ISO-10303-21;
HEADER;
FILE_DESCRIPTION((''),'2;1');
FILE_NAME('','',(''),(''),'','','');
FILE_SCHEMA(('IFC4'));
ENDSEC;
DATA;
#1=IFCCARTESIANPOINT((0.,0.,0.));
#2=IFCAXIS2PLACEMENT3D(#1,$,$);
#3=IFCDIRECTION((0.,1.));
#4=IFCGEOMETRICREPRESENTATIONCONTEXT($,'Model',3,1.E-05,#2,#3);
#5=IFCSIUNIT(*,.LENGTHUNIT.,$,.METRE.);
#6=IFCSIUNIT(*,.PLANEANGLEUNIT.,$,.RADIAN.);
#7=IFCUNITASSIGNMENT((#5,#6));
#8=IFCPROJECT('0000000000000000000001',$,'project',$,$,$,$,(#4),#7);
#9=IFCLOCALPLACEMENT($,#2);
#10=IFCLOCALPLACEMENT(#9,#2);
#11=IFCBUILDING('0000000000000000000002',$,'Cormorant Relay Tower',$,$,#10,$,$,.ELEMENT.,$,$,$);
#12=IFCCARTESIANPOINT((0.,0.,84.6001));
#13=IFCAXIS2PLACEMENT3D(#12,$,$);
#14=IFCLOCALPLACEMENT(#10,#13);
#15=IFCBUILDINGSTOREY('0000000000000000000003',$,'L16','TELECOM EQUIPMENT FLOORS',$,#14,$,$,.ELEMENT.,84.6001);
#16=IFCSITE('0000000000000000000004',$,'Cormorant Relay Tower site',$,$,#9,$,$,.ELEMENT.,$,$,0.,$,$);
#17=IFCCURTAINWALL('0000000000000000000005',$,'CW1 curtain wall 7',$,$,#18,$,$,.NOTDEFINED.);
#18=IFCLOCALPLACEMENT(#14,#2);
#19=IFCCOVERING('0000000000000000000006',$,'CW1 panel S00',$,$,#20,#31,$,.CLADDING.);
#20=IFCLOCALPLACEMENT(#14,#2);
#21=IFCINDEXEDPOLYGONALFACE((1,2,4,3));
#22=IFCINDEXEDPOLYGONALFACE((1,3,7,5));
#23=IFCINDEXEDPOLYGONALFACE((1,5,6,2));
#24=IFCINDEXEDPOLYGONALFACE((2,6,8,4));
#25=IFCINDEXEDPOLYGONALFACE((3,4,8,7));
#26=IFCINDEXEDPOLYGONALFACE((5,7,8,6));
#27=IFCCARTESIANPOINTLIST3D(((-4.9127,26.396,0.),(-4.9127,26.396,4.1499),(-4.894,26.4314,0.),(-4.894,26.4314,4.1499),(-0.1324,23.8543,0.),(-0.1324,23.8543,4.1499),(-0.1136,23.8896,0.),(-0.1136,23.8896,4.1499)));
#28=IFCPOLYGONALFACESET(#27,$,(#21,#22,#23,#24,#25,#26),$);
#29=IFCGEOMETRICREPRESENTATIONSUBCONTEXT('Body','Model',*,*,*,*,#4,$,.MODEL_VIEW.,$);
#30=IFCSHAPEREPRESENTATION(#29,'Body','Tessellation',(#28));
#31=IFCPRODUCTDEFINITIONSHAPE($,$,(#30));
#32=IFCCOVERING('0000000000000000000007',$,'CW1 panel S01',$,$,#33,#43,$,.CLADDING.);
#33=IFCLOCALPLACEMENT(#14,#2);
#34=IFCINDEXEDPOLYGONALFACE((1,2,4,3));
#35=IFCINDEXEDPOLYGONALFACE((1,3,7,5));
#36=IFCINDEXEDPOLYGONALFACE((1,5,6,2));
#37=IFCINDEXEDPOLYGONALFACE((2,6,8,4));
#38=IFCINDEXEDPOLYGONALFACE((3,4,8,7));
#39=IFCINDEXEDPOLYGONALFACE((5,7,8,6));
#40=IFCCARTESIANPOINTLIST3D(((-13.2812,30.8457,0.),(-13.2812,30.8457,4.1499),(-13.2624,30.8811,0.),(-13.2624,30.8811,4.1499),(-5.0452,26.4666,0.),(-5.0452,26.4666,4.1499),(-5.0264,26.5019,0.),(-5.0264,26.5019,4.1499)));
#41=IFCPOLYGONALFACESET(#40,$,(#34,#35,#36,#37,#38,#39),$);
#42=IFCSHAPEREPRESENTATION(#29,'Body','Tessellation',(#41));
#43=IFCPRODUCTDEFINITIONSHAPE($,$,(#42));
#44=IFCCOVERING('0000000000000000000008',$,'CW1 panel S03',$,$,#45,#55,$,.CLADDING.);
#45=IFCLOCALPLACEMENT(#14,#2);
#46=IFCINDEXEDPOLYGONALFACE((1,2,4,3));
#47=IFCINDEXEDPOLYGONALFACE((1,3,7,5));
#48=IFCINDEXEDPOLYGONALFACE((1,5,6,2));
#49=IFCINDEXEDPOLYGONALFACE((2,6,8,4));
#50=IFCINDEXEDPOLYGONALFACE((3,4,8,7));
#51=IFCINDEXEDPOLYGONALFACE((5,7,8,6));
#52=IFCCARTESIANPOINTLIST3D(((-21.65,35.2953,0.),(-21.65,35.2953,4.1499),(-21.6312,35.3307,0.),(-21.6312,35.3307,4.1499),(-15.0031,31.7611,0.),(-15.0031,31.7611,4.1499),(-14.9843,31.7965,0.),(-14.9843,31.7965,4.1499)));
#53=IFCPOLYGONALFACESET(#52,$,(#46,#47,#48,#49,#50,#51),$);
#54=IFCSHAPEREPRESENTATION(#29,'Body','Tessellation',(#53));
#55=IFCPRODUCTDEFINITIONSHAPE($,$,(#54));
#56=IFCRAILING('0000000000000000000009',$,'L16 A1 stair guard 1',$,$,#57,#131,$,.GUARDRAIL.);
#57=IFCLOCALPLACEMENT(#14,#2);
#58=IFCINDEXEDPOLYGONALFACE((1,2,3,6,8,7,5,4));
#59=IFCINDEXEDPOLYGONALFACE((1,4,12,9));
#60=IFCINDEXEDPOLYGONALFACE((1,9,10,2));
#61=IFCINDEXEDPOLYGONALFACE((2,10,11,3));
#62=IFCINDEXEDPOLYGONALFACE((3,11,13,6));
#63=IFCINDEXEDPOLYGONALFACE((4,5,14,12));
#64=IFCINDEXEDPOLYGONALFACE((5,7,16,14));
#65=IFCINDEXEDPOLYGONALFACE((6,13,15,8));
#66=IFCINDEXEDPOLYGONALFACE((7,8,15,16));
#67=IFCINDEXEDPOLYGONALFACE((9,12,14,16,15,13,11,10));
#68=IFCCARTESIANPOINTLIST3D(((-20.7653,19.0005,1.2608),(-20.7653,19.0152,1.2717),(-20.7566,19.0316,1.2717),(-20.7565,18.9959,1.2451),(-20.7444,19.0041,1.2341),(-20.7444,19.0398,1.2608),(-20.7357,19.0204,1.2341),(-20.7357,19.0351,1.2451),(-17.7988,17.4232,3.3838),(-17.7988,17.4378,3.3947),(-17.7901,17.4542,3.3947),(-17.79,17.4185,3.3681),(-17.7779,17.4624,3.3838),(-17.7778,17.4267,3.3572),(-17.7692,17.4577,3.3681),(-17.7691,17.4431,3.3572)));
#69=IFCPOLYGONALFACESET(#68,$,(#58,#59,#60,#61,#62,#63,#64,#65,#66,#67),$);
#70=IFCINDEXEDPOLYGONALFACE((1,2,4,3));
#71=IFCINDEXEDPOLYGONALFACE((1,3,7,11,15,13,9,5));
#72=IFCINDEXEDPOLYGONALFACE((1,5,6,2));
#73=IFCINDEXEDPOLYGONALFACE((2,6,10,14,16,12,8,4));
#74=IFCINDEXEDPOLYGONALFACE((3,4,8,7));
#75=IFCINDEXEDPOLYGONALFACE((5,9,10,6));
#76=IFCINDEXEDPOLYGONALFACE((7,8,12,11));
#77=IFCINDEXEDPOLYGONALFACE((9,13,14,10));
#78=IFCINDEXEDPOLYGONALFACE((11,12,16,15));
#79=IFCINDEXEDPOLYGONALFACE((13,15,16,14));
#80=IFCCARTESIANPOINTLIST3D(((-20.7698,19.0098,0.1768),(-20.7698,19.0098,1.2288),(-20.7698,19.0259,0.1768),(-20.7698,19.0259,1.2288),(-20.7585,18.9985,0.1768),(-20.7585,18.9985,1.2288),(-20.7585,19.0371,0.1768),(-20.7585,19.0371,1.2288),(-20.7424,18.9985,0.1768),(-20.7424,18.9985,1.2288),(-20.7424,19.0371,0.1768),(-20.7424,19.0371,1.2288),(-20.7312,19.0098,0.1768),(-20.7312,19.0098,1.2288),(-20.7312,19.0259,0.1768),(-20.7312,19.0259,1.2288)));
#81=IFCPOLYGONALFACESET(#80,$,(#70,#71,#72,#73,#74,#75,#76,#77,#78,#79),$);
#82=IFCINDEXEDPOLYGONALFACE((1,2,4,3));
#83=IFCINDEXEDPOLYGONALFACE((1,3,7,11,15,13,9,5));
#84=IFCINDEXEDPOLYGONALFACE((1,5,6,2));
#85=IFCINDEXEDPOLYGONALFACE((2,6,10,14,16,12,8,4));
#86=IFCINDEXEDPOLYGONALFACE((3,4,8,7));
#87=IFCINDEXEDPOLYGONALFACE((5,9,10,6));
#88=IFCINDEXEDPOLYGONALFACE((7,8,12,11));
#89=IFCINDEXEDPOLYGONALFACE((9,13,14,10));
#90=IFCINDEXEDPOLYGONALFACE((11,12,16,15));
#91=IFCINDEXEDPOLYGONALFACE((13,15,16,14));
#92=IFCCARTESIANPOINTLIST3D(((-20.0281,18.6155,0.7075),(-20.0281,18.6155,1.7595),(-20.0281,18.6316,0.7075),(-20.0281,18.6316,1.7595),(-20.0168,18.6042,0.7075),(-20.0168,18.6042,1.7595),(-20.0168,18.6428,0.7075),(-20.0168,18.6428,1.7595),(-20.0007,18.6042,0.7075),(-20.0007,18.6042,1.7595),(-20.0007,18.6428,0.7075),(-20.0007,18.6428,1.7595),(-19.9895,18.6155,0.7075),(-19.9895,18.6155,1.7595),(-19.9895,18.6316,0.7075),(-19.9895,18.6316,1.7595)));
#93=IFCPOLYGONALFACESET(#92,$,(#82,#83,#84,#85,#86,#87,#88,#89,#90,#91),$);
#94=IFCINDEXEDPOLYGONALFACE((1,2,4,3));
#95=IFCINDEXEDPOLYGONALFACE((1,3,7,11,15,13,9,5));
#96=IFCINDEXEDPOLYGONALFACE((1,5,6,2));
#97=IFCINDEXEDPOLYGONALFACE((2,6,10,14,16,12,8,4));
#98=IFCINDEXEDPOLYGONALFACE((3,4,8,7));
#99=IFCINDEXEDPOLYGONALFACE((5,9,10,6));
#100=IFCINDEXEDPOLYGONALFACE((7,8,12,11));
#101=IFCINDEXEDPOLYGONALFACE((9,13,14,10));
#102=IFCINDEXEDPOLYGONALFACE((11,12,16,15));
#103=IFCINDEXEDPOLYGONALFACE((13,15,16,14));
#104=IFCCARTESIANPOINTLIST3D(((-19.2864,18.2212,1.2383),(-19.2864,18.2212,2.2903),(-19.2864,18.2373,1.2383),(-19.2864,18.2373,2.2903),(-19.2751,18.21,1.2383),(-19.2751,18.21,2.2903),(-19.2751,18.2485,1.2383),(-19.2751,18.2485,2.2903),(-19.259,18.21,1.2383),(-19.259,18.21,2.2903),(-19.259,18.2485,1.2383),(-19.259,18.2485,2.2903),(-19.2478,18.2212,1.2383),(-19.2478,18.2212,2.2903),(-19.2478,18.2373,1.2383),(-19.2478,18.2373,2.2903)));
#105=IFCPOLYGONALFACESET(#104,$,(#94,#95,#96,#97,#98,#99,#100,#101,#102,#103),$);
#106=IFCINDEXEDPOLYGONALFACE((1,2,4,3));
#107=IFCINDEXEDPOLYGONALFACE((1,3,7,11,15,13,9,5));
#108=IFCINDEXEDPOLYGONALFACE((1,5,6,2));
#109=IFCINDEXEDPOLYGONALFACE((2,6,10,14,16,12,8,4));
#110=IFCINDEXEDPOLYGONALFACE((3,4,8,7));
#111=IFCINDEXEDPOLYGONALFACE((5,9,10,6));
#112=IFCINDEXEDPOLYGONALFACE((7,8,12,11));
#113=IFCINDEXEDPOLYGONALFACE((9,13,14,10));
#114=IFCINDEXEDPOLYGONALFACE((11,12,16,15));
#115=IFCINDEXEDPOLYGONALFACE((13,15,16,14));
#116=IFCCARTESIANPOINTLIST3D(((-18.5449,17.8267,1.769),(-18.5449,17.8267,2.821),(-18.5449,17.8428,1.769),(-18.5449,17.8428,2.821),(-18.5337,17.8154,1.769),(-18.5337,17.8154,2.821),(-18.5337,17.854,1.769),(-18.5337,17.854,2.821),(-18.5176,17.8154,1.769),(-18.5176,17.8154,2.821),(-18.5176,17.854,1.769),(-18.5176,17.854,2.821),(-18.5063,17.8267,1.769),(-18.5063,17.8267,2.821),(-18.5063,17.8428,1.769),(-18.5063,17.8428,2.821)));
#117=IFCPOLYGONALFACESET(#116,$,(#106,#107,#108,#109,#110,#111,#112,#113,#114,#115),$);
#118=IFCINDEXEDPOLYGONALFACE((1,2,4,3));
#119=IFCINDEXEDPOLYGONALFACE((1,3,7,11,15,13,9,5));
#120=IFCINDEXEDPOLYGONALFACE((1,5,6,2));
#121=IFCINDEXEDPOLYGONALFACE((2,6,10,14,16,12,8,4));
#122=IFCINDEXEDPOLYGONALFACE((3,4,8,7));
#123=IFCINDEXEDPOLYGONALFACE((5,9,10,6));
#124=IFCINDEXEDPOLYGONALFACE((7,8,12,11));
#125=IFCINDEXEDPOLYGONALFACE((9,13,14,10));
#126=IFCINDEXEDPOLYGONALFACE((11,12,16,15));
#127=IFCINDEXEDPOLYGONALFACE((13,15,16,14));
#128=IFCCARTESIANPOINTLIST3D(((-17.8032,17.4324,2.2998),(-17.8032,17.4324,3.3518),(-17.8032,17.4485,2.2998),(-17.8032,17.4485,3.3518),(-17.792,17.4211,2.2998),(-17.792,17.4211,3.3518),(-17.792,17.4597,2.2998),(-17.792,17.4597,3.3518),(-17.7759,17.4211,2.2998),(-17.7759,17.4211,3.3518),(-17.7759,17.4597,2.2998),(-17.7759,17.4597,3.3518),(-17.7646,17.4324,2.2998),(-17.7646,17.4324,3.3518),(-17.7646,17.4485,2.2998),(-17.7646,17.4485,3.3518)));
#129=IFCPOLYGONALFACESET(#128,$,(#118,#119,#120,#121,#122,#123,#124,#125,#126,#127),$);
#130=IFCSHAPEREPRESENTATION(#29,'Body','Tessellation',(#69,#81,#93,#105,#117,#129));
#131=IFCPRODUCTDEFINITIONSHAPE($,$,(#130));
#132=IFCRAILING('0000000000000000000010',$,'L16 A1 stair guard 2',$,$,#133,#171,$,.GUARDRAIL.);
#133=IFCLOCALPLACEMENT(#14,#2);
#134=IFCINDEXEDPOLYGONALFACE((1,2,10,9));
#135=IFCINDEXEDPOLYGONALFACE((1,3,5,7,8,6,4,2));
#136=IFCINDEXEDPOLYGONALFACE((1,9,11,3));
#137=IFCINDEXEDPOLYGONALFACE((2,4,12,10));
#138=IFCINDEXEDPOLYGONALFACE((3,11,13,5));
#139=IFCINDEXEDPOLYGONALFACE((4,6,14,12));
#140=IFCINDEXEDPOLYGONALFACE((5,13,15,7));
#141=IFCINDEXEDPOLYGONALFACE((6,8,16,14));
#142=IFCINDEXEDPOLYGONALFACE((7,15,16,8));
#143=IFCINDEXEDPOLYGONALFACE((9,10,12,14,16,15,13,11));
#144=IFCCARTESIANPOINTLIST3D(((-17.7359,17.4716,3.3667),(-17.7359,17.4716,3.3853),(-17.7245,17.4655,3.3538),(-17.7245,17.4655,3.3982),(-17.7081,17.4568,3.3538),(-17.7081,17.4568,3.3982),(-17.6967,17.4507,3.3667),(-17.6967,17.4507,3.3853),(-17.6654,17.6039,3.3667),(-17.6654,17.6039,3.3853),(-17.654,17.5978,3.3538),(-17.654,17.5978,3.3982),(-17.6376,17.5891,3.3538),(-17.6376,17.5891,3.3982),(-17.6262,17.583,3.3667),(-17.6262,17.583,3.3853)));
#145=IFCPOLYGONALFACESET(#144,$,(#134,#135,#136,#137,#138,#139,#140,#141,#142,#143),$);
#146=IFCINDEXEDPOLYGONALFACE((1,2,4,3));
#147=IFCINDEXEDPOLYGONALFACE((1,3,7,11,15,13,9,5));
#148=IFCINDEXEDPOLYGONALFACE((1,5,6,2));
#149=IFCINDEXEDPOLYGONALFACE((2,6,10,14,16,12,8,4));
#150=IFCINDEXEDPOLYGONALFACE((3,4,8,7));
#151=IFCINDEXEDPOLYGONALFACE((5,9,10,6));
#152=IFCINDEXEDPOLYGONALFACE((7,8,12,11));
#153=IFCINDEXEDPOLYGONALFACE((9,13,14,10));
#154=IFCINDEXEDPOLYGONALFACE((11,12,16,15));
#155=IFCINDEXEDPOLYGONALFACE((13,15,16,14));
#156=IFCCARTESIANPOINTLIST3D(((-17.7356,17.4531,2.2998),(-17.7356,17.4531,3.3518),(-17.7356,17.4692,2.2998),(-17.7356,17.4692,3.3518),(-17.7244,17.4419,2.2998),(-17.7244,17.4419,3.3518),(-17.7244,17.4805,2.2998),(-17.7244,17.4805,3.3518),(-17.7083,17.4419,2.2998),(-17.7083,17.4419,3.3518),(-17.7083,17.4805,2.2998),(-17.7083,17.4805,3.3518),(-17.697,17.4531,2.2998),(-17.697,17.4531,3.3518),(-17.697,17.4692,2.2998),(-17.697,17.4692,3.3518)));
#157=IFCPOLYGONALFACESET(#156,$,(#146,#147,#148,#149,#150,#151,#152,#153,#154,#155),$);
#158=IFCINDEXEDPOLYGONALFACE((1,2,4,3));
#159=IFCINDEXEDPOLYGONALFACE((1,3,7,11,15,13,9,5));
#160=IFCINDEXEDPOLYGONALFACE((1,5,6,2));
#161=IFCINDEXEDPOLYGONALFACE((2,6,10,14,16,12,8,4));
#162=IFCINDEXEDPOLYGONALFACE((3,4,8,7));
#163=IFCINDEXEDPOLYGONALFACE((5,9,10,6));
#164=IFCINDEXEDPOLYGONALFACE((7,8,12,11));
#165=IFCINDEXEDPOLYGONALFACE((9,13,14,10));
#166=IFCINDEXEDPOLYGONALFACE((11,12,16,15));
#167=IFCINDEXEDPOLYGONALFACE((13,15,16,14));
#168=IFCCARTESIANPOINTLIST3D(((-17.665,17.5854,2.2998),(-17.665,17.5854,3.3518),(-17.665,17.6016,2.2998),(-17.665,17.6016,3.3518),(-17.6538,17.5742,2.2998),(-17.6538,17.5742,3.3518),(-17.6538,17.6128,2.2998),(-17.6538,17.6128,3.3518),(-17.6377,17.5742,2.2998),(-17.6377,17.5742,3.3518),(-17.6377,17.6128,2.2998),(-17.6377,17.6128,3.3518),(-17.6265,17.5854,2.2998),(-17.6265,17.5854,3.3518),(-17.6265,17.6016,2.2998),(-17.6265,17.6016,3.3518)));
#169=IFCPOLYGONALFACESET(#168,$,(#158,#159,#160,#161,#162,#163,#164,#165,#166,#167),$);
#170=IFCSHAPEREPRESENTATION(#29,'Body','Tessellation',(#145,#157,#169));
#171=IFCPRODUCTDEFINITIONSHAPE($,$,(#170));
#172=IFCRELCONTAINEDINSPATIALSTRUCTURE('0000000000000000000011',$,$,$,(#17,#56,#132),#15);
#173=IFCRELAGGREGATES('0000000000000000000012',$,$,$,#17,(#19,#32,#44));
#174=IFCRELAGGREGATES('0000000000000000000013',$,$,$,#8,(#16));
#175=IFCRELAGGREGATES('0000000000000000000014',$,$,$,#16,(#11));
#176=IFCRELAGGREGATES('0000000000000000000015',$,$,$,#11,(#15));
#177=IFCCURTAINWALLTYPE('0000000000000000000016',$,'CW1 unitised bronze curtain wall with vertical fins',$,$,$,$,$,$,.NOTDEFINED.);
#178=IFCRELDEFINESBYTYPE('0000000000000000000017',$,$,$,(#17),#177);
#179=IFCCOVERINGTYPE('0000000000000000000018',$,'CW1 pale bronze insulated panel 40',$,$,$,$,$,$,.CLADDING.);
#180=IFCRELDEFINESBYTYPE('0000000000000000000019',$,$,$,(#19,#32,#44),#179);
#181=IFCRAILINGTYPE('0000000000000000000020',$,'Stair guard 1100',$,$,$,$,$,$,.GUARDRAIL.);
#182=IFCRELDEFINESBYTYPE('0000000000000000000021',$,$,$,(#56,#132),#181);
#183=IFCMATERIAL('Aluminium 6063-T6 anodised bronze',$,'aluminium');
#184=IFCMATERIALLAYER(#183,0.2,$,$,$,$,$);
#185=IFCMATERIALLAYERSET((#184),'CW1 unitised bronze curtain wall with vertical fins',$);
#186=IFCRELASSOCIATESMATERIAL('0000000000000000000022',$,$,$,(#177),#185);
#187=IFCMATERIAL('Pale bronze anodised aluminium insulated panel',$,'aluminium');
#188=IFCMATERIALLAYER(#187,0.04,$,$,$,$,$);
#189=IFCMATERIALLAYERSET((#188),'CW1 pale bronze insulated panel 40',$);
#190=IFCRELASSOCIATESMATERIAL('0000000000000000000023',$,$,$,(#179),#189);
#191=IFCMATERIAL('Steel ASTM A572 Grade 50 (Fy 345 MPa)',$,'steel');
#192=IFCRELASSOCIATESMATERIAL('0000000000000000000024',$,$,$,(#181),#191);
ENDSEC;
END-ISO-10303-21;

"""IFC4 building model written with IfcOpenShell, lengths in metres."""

from ifc_helpers import new_model, si_unit, direction, frame, origin, origin_2d, place, context, subcontext, project, spatial, polyline, rectangle, outline, extrude, material, layer, layer_set, type_object, element, aggregate, save


model = new_model("IFC4")

# Units and contexts
model_context = context("Model", 3, precision=1e-05, world=origin(), true_north=direction((0.0, 1.0)))
body_context = subcontext(model_context, "Body", "Model", "MODEL_VIEW")
ifc_project = project(units=[si_unit("LENGTHUNIT", "METRE"), si_unit("PLANEANGLEUNIT", "RADIAN")], contexts=[model_context])

# Site, building, storey
site_placement = place(None, origin())
site = spatial("IfcSite", under=ifc_project, at=site_placement, Name="Cormorant Relay Tower site", CompositionType="ELEMENT", RefElevation=0.0)
building_placement = place(site_placement, origin())
building = spatial("IfcBuilding", under=site, at=building_placement, Name="Cormorant Relay Tower", CompositionType="ELEMENT")
storey_placement = place(building_placement, frame((0.0, 0.0, 84.6001)))
storey = spatial("IfcBuildingStorey", under=building, at=storey_placement, Name="L16", Description="TELECOM EQUIPMENT FLOORS", CompositionType="ELEMENT", Elevation=84.6001)

# Curtain wall
ifc_material_1 = material(Name="Aluminium 6063-T6 anodised bronze", Category="aluminium")
ifc_layer_1 = layer(ifc_material_1, 0.2)
ifc_layer_set_1 = layer_set([ifc_layer_1], Name="CW1 unitised bronze curtain wall with vertical fins")
curtain_wall_type = type_object("IfcCurtainWallType", Name="CW1 unitised bronze curtain wall with vertical fins", PredefinedType="NOTDEFINED", material=ifc_layer_set_1)
curtain_wall_placement = place(storey_placement, origin())
curtain_wall = element("IfcCurtainWall", 1, at=curtain_wall_placement, inside=storey, type_object=curtain_wall_type, Name="CW1 curtain wall 7", PredefinedType="NOTDEFINED")

# Coverings
ifc_material_2 = material(Name="Pale bronze anodised aluminium insulated panel", Category="aluminium")
ifc_layer_2 = layer(ifc_material_2, 0.04)
ifc_layer_set_2 = layer_set([ifc_layer_2], Name="CW1 pale bronze insulated panel 40")
covering_type = type_object("IfcCoveringType", Name="CW1 pale bronze insulated panel 40", PredefinedType="CLADDING", material=ifc_layer_set_2)
covering_1_placement = place(storey_placement, frame((-2.5132, 25.1428, 0.0), z_axis=(0.0, 0.0, 1.0), x_axis=(-0.882948, 0.469472, 0.0)))
covering_1 = element("IfcCovering", 2, at=covering_1_placement, type_object=covering_type, Name="CW1 panel S00", PredefinedType="CLADDING", context=body_context, shape_type="SweptSolid", body=[
    extrude(rectangle(XDim=5.4141, YDim=0.04, at=origin_2d()), origin(), (0.0, 0.0, 1.0), 4.1499),
])
covering_2_placement = place(storey_placement, frame((-9.1538, 28.6738, 0.0), z_axis=(0.0, 0.0, 1.0), x_axis=(-0.882948, 0.469472, 0.0)))
covering_2 = element("IfcCovering", 3, at=covering_2_placement, type_object=covering_type, Name="CW1 panel S01", PredefinedType="CLADDING", context=body_context, shape_type="SweptSolid", body=[
    extrude(rectangle(XDim=9.3279, YDim=0.04, at=origin_2d()), origin(), (0.0, 0.0, 1.0), 4.1499),
])
covering_3_placement = place(storey_placement, frame((-18.3171, 33.5459, 0.0), z_axis=(0.0, 0.0, 1.0), x_axis=(-0.882948, 0.469472, 0.0)))
covering_3 = element("IfcCovering", 4, at=covering_3_placement, type_object=covering_type, Name="CW1 panel S03", PredefinedType="CLADDING", context=body_context, shape_type="SweptSolid", body=[
    extrude(rectangle(XDim=7.5281, YDim=0.04, at=origin_2d()), origin(), (0.0, 0.0, 1.0), 4.1499),
])
aggregate(curtain_wall, [covering_1, covering_2, covering_3])

# Railings
ifc_material_3 = material(Name="Steel ASTM A572 Grade 50 (Fy 345 MPa)", Category="steel")
railing_type_1 = type_object("IfcRailingType", Name="Stair guard 1100", PredefinedType="GUARDRAIL", material=ifc_material_3)
railing_1_placement = place(storey_placement, frame((-20.7505, 19.0178, 0.1768)))
element("IfcRailing", 5, at=railing_1_placement, inside=storey, type_object=railing_type_1, Name="L16 A1 stair guard 1", PredefinedType="GUARDRAIL", context=body_context, shape_type="SweptSolid", body=[
    extrude(outline(polyline([(0.0222, 0.0093), (0.0093, 0.0222), (-0.0093, 0.0222), (-0.0222, 0.0093), (-0.0222, -0.0093), (-0.0093, -0.0222), (0.0093, -0.0222), (0.0222, -0.0093), (0.0222, 0.0093)])), frame((0.0, 0.0, 1.0762), z_axis=(0.746413, -0.396887, 0.534179), x_axis=(0.469483, 0.882942, 0.0)), (0.0, 0.0, 1.0), 3.9744),
    extrude(outline(polyline([(0.0193, 0.0081), (0.0081, 0.0193), (-0.0081, 0.0193), (-0.0193, 0.0081), (-0.0193, -0.0081), (-0.0081, -0.0193), (0.0081, -0.0193), (0.0193, -0.0081), (0.0193, 0.0081)])), origin(), (0.0, 0.0, 1.0), 1.052),
    extrude(outline(polyline([(0.0193, 0.0081), (0.0081, 0.0193), (-0.0081, 0.0193), (-0.0193, 0.0081), (-0.0193, -0.0081), (-0.0081, -0.0193), (0.0081, -0.0193), (0.0193, -0.0081), (0.0193, 0.0081)])), frame((0.7417, -0.3943, 0.5308)), (0.0, 0.0, 1.0), 1.052),
    extrude(outline(polyline([(0.0193, 0.0081), (0.0081, 0.0193), (-0.0081, 0.0193), (-0.0193, 0.0081), (-0.0193, -0.0081), (-0.0081, -0.0193), (0.0081, -0.0193), (0.0193, -0.0081), (0.0193, 0.0081)])), frame((1.4834, -0.7886, 1.0615)), (0.0, 0.0, 1.0), 1.052),
    extrude(outline(polyline([(0.0193, 0.0081), (0.0081, 0.0193), (-0.0081, 0.0193), (-0.0193, 0.0081), (-0.0193, -0.0081), (-0.0081, -0.0193), (0.0081, -0.0193), (0.0193, -0.0081), (0.0193, 0.0081)])), frame((2.2249, -1.1831, 1.5923)), (0.0, 0.0, 1.0), 1.052),
    extrude(outline(polyline([(0.0193, 0.0081), (0.0081, 0.0193), (-0.0081, 0.0193), (-0.0193, 0.0081), (-0.0193, -0.0081), (-0.0081, -0.0193), (0.0081, -0.0193), (0.0193, -0.0081), (0.0193, 0.0081)])), frame((2.9666, -1.5774, 2.123)), (0.0, 0.0, 1.0), 1.052),
])
railing_2_placement = place(storey_placement, frame((-17.7163, 17.4612, 2.2998)))
element("IfcRailing", 6, at=railing_2_placement, inside=storey, type_object=railing_type_1, Name="L16 A1 stair guard 2", PredefinedType="GUARDRAIL", context=body_context, shape_type="SweptSolid", body=[
    extrude(outline(polyline([(0.0222, 0.0093), (0.0093, 0.0222), (-0.0093, 0.0222), (-0.0222, 0.0093), (-0.0222, -0.0093), (-0.0093, -0.0222), (0.0093, -0.0222), (0.0222, -0.0093), (0.0222, 0.0093)])), frame((0.0, 0.0, 1.0762), z_axis=(0.470504, 0.882398, 0.0), x_axis=(-0.882398, 0.470504, 0.0)), (0.0, 0.0, 1.0), 0.1499),
    extrude(outline(polyline([(0.0193, 0.0081), (0.0081, 0.0193), (-0.0081, 0.0193), (-0.0193, 0.0081), (-0.0193, -0.0081), (-0.0081, -0.0193), (0.0081, -0.0193), (0.0193, -0.0081), (0.0193, 0.0081)])), origin(), (0.0, 0.0, 1.0), 1.052),
    extrude(outline(polyline([(0.0193, 0.0081), (0.0081, 0.0193), (-0.0081, 0.0193), (-0.0193, 0.0081), (-0.0193, -0.0081), (-0.0081, -0.0193), (0.0081, -0.0193), (0.0193, -0.0081), (0.0193, 0.0081)])), frame((0.0706, 0.1323, 0.0)), (0.0, 0.0, 1.0), 1.052),
])

save(model, "model.ifc")
